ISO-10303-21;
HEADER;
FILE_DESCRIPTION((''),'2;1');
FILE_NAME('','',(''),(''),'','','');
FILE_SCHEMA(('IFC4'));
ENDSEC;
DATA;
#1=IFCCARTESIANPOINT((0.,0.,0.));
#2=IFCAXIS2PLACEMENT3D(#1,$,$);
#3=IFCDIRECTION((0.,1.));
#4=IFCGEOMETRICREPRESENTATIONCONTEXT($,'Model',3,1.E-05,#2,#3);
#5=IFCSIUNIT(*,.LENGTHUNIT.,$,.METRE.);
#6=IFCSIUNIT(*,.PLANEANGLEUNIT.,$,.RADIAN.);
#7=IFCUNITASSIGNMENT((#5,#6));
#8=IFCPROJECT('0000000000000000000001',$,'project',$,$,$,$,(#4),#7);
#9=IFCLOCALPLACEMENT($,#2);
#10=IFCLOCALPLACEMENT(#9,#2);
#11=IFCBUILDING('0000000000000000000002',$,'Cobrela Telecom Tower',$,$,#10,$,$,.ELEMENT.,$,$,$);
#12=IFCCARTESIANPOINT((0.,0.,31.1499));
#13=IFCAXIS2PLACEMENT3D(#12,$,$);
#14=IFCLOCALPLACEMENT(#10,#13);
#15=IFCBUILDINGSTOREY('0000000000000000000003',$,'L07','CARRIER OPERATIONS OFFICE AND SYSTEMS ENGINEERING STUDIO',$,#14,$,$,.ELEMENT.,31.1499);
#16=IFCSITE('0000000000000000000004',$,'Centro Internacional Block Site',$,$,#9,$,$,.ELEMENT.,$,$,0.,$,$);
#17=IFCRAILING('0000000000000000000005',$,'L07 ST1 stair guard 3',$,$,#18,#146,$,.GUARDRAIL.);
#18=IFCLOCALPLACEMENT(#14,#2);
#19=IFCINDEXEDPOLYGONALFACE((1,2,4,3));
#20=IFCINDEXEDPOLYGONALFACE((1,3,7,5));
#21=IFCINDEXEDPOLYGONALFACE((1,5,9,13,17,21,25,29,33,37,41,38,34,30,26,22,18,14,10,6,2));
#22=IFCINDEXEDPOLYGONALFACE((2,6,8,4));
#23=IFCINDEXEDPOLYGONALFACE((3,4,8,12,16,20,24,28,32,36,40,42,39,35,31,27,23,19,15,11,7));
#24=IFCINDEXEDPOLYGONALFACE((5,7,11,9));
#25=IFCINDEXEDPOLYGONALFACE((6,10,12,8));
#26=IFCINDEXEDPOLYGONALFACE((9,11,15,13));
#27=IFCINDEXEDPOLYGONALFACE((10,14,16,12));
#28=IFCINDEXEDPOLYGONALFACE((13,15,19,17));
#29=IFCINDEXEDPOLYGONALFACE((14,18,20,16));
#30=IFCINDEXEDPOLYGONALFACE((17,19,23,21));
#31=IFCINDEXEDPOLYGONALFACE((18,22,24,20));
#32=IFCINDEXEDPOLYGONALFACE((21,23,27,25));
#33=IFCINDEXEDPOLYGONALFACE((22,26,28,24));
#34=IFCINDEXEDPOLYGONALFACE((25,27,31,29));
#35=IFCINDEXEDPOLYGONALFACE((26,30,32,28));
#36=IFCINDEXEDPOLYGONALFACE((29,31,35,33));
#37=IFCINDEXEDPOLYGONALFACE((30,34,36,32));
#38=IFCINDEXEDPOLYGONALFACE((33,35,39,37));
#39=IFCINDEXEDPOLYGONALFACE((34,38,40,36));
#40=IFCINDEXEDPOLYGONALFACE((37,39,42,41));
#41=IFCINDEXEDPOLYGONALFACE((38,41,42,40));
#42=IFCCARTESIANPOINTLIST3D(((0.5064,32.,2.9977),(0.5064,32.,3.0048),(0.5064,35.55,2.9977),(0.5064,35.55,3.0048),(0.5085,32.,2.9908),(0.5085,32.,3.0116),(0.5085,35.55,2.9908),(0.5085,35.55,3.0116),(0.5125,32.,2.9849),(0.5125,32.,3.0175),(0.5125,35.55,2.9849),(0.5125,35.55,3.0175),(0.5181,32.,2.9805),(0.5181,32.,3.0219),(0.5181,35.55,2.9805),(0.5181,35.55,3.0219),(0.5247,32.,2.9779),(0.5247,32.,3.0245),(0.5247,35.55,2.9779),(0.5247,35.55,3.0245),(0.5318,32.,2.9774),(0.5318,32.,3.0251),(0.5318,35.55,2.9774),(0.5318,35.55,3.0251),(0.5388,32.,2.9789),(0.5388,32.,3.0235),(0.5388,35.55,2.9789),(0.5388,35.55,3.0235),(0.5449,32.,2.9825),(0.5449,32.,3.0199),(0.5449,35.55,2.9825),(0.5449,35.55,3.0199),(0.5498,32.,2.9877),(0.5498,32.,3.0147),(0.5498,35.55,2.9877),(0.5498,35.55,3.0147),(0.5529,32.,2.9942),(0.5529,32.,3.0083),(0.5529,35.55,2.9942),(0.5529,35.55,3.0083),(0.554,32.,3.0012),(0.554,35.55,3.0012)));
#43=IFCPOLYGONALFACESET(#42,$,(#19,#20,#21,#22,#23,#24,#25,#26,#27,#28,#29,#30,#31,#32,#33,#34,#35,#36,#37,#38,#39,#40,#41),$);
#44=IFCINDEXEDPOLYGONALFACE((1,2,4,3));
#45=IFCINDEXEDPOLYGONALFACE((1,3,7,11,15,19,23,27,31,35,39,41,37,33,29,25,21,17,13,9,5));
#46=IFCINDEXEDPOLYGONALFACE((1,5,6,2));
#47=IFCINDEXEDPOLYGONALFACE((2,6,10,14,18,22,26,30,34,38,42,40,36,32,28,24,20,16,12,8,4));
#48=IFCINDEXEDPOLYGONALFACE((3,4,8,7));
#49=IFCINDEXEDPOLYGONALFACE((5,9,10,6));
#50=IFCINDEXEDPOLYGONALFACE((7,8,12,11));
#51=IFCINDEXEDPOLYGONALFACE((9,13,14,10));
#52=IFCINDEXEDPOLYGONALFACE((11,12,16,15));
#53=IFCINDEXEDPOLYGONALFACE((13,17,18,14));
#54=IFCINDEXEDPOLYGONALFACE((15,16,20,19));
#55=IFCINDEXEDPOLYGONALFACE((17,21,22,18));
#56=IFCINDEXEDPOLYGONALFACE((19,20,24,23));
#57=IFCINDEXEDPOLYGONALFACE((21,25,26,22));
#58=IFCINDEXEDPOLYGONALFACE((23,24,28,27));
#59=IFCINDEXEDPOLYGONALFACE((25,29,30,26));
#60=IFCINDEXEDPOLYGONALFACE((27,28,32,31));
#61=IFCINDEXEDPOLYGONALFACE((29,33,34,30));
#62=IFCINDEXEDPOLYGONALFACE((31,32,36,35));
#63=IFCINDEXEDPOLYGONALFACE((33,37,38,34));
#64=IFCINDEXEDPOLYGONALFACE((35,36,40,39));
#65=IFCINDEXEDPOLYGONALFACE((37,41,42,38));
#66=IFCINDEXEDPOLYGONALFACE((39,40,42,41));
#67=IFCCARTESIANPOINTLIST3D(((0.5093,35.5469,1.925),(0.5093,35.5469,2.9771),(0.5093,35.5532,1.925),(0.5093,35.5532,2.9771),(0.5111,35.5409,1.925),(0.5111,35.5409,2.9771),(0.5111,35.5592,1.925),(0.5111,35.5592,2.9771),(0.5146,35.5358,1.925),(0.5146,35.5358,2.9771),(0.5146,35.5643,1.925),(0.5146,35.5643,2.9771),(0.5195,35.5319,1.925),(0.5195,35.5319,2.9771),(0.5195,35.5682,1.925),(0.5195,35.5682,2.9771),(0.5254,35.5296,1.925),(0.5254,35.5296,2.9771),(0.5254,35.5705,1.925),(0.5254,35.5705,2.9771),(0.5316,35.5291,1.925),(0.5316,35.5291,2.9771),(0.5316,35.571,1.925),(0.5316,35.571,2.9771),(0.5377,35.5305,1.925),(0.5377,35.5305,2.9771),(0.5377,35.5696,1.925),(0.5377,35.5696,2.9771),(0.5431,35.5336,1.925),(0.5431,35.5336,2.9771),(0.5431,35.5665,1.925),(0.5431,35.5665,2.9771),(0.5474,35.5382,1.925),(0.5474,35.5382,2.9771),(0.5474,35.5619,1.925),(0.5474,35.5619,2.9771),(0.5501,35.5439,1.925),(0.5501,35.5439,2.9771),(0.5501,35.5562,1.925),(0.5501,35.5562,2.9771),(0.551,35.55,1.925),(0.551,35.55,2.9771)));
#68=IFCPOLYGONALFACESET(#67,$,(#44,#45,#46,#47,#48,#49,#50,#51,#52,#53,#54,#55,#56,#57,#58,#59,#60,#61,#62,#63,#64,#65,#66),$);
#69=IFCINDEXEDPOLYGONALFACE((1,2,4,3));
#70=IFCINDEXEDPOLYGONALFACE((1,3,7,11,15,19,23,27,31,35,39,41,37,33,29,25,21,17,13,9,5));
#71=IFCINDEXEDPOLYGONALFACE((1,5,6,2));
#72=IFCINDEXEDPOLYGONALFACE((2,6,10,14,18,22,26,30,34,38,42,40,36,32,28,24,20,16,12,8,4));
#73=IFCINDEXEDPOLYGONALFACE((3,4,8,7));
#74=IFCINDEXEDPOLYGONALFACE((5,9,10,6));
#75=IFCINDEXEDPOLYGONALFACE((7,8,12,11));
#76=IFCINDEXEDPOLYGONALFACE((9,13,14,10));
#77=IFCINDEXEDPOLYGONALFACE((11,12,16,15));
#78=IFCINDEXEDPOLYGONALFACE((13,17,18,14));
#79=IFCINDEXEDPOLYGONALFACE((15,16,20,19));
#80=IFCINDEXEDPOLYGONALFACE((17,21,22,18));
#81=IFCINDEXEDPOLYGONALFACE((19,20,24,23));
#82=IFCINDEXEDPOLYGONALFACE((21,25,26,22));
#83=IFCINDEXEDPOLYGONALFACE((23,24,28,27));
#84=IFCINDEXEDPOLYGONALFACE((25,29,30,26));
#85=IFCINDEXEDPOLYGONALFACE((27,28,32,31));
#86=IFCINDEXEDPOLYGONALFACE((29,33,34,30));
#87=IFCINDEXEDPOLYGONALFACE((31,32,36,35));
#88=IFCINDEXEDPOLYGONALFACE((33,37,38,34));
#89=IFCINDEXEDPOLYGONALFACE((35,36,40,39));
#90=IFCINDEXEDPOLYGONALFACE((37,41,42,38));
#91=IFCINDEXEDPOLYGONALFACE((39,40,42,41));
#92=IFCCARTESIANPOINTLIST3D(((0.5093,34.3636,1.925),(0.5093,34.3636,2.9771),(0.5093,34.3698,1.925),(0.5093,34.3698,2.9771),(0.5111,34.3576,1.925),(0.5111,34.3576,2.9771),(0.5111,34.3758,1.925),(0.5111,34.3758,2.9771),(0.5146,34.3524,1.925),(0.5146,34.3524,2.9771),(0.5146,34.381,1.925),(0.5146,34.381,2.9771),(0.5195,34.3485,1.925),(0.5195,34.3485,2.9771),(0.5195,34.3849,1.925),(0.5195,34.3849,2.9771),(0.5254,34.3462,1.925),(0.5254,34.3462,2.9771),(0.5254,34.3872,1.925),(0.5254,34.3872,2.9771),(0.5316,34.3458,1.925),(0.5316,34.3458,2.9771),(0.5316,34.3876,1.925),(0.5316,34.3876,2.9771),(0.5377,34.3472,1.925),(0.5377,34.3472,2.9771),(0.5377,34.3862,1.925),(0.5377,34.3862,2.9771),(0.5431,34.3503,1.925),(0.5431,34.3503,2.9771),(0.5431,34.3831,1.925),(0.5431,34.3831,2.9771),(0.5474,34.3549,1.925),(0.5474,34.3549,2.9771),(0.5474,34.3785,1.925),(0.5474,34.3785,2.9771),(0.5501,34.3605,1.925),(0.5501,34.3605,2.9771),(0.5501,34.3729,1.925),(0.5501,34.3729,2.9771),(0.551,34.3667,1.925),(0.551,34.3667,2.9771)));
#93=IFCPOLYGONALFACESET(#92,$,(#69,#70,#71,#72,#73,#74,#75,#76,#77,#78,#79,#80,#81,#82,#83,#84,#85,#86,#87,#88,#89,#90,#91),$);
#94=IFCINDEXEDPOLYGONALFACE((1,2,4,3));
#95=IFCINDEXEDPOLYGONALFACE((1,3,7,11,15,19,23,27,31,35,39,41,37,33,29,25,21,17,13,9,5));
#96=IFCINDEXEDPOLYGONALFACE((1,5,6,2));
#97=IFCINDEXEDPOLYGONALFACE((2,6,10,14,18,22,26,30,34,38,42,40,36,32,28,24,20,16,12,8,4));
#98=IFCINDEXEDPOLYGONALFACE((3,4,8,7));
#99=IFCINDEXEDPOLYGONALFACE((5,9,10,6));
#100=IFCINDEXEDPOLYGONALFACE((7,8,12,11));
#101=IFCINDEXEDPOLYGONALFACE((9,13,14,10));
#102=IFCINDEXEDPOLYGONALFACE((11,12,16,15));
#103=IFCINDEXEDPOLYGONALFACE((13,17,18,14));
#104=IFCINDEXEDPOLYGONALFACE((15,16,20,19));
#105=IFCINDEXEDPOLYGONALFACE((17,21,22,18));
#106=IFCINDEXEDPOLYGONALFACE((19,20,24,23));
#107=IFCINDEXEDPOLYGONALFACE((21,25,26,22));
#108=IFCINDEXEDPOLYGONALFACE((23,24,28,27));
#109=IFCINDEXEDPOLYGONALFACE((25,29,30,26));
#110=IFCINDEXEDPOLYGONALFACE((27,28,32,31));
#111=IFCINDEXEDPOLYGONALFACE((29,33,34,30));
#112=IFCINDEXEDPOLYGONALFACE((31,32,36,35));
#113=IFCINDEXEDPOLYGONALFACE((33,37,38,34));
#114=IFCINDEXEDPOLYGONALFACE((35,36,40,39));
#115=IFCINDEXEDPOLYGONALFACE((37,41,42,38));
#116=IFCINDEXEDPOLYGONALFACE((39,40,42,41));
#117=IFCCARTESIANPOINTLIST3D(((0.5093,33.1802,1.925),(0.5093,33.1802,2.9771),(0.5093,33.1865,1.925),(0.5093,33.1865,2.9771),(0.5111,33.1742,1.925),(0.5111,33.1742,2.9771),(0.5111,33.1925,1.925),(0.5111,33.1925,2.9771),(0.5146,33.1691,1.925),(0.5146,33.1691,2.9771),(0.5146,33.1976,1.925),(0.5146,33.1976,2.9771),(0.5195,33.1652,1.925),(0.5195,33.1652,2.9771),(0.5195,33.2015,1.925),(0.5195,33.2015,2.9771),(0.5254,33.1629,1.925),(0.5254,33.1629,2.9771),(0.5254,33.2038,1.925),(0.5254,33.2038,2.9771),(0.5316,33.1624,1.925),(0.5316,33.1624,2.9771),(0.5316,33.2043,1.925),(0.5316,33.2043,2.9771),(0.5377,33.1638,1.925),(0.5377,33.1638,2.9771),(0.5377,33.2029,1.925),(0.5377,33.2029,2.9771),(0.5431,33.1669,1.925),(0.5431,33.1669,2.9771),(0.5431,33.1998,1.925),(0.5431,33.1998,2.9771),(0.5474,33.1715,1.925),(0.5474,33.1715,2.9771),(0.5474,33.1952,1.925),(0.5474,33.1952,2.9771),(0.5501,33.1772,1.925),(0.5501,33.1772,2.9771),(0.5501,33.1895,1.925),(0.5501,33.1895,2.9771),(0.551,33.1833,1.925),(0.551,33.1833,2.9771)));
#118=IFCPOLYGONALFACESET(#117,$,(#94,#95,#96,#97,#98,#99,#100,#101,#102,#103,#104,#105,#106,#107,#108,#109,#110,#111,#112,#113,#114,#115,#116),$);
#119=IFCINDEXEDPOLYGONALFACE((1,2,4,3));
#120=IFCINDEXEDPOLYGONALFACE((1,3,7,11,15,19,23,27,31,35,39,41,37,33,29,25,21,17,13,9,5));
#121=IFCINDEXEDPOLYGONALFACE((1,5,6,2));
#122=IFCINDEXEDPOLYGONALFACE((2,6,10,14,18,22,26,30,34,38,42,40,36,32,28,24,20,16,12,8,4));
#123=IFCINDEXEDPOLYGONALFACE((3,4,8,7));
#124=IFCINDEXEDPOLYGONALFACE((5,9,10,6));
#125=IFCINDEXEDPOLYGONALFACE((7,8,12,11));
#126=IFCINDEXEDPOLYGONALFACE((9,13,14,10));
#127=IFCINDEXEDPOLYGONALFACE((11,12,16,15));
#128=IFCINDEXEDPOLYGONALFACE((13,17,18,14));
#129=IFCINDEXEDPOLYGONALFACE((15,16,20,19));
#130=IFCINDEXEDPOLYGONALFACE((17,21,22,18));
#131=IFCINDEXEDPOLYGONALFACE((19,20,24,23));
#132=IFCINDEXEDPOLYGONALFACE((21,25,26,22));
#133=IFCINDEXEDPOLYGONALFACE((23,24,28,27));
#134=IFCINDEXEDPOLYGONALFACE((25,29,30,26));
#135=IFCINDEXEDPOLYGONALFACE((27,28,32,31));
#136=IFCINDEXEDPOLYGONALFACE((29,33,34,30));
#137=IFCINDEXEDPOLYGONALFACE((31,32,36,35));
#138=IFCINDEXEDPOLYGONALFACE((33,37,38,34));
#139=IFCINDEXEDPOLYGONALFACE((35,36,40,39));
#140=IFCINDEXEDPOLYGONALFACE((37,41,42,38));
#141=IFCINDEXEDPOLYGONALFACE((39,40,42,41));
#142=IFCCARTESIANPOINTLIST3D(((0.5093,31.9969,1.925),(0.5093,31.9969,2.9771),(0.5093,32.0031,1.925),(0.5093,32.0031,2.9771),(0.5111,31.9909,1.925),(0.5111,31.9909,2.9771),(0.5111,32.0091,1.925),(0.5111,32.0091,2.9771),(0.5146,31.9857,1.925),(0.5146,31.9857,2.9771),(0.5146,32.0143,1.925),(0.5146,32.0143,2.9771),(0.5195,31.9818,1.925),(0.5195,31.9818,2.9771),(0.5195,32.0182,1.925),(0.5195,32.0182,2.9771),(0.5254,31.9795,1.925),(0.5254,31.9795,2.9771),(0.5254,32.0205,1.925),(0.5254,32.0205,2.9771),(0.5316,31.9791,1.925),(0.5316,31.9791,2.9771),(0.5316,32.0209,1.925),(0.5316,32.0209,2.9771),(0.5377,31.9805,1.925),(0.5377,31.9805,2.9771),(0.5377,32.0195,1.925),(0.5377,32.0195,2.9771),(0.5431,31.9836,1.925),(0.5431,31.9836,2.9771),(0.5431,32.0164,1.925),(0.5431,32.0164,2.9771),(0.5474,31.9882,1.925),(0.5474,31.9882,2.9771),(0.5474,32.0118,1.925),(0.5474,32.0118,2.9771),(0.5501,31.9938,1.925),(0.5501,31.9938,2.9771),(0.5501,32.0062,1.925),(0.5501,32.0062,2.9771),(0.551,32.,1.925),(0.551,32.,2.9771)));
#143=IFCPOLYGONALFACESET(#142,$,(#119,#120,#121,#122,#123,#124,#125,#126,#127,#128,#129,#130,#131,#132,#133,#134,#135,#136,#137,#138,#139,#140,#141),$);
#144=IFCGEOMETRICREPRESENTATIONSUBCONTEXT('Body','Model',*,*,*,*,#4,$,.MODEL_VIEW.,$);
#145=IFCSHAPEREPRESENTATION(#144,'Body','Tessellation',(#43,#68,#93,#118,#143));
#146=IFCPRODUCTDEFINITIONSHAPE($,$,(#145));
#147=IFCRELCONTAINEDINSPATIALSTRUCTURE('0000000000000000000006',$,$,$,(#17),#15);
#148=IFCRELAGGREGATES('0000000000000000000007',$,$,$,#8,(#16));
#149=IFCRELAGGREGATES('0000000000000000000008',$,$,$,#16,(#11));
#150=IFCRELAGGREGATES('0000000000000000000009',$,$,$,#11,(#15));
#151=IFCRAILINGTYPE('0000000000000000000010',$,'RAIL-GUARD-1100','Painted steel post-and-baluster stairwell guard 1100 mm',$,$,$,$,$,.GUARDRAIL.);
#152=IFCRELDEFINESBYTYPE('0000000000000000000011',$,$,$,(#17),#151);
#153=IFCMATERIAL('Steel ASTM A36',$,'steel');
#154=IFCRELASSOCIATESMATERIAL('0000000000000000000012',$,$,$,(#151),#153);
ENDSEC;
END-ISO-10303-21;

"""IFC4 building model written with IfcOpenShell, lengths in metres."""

from ifc_helpers import new_model, si_unit, direction, frame, origin, origin_2d, place, context, subcontext, project, spatial, circle, extrude, material, type_object, element, save


model = new_model("IFC4")

# Units and contexts
model_context = context("Model", 3, precision=1e-05, world=origin(), true_north=direction((0.0, 1.0)))
body_context = subcontext(model_context, "Body", "Model", "MODEL_VIEW")
ifc_project = project(units=[si_unit("LENGTHUNIT", "METRE"), si_unit("PLANEANGLEUNIT", "RADIAN")], contexts=[model_context])

# Site, building, storey
site_placement = place(None, origin())
site = spatial("IfcSite", under=ifc_project, at=site_placement, Name="Centro Internacional Block Site", CompositionType="ELEMENT", RefElevation=0.0)
building_placement = place(site_placement, origin())
building = spatial("IfcBuilding", under=site, at=building_placement, Name="Cobrela Telecom Tower", CompositionType="ELEMENT")
storey_placement = place(building_placement, frame((0.0, 0.0, 31.1499)))
storey = spatial("IfcBuildingStorey", under=building, at=storey_placement, Name="L07", Description="CARRIER OPERATIONS OFFICE AND SYSTEMS ENGINEERING STUDIO", CompositionType="ELEMENT", Elevation=31.1499)

# Shared definitions
ifc_material_1 = material(Name="Steel ASTM A36", Category="steel")

# Railing
railing_type_1 = type_object("IfcRailingType", Name="RAIL-GUARD-1100", Description="Painted steel post-and-baluster stairwell guard 1100 mm", PredefinedType="GUARDRAIL", material=ifc_material_1)
railing_1_placement = place(storey_placement, frame((0.53, 35.55, 1.925)))
element("IfcRailing", 1, at=railing_1_placement, inside=storey, type_object=railing_type_1, Name="L07 ST1 stair guard 3", PredefinedType="GUARDRAIL", context=body_context, shape_type="SweptSolid", body=[
    extrude(circle(Radius=0.0239, at=origin_2d()), frame((0.0, 0.0, 1.0762), z_axis=(0.0, -1.0, 0.0), x_axis=(1.0, 0.0, 0.0)), (0.0, 0.0, 1.0), 3.55),
    extrude(circle(Radius=0.021, at=origin_2d()), origin(), (0.0, 0.0, 1.0), 1.052),
    extrude(circle(Radius=0.021, at=origin_2d()), frame((0.0, -1.1833, 0.0)), (0.0, 0.0, 1.0), 1.052),
    extrude(circle(Radius=0.021, at=origin_2d()), frame((0.0, -2.3667, 0.0)), (0.0, 0.0, 1.0), 1.052),
    extrude(circle(Radius=0.021, at=origin_2d()), frame((0.0, -3.55, 0.0)), (0.0, 0.0, 1.0), 1.052),
])

save(model, "model.ifc")
